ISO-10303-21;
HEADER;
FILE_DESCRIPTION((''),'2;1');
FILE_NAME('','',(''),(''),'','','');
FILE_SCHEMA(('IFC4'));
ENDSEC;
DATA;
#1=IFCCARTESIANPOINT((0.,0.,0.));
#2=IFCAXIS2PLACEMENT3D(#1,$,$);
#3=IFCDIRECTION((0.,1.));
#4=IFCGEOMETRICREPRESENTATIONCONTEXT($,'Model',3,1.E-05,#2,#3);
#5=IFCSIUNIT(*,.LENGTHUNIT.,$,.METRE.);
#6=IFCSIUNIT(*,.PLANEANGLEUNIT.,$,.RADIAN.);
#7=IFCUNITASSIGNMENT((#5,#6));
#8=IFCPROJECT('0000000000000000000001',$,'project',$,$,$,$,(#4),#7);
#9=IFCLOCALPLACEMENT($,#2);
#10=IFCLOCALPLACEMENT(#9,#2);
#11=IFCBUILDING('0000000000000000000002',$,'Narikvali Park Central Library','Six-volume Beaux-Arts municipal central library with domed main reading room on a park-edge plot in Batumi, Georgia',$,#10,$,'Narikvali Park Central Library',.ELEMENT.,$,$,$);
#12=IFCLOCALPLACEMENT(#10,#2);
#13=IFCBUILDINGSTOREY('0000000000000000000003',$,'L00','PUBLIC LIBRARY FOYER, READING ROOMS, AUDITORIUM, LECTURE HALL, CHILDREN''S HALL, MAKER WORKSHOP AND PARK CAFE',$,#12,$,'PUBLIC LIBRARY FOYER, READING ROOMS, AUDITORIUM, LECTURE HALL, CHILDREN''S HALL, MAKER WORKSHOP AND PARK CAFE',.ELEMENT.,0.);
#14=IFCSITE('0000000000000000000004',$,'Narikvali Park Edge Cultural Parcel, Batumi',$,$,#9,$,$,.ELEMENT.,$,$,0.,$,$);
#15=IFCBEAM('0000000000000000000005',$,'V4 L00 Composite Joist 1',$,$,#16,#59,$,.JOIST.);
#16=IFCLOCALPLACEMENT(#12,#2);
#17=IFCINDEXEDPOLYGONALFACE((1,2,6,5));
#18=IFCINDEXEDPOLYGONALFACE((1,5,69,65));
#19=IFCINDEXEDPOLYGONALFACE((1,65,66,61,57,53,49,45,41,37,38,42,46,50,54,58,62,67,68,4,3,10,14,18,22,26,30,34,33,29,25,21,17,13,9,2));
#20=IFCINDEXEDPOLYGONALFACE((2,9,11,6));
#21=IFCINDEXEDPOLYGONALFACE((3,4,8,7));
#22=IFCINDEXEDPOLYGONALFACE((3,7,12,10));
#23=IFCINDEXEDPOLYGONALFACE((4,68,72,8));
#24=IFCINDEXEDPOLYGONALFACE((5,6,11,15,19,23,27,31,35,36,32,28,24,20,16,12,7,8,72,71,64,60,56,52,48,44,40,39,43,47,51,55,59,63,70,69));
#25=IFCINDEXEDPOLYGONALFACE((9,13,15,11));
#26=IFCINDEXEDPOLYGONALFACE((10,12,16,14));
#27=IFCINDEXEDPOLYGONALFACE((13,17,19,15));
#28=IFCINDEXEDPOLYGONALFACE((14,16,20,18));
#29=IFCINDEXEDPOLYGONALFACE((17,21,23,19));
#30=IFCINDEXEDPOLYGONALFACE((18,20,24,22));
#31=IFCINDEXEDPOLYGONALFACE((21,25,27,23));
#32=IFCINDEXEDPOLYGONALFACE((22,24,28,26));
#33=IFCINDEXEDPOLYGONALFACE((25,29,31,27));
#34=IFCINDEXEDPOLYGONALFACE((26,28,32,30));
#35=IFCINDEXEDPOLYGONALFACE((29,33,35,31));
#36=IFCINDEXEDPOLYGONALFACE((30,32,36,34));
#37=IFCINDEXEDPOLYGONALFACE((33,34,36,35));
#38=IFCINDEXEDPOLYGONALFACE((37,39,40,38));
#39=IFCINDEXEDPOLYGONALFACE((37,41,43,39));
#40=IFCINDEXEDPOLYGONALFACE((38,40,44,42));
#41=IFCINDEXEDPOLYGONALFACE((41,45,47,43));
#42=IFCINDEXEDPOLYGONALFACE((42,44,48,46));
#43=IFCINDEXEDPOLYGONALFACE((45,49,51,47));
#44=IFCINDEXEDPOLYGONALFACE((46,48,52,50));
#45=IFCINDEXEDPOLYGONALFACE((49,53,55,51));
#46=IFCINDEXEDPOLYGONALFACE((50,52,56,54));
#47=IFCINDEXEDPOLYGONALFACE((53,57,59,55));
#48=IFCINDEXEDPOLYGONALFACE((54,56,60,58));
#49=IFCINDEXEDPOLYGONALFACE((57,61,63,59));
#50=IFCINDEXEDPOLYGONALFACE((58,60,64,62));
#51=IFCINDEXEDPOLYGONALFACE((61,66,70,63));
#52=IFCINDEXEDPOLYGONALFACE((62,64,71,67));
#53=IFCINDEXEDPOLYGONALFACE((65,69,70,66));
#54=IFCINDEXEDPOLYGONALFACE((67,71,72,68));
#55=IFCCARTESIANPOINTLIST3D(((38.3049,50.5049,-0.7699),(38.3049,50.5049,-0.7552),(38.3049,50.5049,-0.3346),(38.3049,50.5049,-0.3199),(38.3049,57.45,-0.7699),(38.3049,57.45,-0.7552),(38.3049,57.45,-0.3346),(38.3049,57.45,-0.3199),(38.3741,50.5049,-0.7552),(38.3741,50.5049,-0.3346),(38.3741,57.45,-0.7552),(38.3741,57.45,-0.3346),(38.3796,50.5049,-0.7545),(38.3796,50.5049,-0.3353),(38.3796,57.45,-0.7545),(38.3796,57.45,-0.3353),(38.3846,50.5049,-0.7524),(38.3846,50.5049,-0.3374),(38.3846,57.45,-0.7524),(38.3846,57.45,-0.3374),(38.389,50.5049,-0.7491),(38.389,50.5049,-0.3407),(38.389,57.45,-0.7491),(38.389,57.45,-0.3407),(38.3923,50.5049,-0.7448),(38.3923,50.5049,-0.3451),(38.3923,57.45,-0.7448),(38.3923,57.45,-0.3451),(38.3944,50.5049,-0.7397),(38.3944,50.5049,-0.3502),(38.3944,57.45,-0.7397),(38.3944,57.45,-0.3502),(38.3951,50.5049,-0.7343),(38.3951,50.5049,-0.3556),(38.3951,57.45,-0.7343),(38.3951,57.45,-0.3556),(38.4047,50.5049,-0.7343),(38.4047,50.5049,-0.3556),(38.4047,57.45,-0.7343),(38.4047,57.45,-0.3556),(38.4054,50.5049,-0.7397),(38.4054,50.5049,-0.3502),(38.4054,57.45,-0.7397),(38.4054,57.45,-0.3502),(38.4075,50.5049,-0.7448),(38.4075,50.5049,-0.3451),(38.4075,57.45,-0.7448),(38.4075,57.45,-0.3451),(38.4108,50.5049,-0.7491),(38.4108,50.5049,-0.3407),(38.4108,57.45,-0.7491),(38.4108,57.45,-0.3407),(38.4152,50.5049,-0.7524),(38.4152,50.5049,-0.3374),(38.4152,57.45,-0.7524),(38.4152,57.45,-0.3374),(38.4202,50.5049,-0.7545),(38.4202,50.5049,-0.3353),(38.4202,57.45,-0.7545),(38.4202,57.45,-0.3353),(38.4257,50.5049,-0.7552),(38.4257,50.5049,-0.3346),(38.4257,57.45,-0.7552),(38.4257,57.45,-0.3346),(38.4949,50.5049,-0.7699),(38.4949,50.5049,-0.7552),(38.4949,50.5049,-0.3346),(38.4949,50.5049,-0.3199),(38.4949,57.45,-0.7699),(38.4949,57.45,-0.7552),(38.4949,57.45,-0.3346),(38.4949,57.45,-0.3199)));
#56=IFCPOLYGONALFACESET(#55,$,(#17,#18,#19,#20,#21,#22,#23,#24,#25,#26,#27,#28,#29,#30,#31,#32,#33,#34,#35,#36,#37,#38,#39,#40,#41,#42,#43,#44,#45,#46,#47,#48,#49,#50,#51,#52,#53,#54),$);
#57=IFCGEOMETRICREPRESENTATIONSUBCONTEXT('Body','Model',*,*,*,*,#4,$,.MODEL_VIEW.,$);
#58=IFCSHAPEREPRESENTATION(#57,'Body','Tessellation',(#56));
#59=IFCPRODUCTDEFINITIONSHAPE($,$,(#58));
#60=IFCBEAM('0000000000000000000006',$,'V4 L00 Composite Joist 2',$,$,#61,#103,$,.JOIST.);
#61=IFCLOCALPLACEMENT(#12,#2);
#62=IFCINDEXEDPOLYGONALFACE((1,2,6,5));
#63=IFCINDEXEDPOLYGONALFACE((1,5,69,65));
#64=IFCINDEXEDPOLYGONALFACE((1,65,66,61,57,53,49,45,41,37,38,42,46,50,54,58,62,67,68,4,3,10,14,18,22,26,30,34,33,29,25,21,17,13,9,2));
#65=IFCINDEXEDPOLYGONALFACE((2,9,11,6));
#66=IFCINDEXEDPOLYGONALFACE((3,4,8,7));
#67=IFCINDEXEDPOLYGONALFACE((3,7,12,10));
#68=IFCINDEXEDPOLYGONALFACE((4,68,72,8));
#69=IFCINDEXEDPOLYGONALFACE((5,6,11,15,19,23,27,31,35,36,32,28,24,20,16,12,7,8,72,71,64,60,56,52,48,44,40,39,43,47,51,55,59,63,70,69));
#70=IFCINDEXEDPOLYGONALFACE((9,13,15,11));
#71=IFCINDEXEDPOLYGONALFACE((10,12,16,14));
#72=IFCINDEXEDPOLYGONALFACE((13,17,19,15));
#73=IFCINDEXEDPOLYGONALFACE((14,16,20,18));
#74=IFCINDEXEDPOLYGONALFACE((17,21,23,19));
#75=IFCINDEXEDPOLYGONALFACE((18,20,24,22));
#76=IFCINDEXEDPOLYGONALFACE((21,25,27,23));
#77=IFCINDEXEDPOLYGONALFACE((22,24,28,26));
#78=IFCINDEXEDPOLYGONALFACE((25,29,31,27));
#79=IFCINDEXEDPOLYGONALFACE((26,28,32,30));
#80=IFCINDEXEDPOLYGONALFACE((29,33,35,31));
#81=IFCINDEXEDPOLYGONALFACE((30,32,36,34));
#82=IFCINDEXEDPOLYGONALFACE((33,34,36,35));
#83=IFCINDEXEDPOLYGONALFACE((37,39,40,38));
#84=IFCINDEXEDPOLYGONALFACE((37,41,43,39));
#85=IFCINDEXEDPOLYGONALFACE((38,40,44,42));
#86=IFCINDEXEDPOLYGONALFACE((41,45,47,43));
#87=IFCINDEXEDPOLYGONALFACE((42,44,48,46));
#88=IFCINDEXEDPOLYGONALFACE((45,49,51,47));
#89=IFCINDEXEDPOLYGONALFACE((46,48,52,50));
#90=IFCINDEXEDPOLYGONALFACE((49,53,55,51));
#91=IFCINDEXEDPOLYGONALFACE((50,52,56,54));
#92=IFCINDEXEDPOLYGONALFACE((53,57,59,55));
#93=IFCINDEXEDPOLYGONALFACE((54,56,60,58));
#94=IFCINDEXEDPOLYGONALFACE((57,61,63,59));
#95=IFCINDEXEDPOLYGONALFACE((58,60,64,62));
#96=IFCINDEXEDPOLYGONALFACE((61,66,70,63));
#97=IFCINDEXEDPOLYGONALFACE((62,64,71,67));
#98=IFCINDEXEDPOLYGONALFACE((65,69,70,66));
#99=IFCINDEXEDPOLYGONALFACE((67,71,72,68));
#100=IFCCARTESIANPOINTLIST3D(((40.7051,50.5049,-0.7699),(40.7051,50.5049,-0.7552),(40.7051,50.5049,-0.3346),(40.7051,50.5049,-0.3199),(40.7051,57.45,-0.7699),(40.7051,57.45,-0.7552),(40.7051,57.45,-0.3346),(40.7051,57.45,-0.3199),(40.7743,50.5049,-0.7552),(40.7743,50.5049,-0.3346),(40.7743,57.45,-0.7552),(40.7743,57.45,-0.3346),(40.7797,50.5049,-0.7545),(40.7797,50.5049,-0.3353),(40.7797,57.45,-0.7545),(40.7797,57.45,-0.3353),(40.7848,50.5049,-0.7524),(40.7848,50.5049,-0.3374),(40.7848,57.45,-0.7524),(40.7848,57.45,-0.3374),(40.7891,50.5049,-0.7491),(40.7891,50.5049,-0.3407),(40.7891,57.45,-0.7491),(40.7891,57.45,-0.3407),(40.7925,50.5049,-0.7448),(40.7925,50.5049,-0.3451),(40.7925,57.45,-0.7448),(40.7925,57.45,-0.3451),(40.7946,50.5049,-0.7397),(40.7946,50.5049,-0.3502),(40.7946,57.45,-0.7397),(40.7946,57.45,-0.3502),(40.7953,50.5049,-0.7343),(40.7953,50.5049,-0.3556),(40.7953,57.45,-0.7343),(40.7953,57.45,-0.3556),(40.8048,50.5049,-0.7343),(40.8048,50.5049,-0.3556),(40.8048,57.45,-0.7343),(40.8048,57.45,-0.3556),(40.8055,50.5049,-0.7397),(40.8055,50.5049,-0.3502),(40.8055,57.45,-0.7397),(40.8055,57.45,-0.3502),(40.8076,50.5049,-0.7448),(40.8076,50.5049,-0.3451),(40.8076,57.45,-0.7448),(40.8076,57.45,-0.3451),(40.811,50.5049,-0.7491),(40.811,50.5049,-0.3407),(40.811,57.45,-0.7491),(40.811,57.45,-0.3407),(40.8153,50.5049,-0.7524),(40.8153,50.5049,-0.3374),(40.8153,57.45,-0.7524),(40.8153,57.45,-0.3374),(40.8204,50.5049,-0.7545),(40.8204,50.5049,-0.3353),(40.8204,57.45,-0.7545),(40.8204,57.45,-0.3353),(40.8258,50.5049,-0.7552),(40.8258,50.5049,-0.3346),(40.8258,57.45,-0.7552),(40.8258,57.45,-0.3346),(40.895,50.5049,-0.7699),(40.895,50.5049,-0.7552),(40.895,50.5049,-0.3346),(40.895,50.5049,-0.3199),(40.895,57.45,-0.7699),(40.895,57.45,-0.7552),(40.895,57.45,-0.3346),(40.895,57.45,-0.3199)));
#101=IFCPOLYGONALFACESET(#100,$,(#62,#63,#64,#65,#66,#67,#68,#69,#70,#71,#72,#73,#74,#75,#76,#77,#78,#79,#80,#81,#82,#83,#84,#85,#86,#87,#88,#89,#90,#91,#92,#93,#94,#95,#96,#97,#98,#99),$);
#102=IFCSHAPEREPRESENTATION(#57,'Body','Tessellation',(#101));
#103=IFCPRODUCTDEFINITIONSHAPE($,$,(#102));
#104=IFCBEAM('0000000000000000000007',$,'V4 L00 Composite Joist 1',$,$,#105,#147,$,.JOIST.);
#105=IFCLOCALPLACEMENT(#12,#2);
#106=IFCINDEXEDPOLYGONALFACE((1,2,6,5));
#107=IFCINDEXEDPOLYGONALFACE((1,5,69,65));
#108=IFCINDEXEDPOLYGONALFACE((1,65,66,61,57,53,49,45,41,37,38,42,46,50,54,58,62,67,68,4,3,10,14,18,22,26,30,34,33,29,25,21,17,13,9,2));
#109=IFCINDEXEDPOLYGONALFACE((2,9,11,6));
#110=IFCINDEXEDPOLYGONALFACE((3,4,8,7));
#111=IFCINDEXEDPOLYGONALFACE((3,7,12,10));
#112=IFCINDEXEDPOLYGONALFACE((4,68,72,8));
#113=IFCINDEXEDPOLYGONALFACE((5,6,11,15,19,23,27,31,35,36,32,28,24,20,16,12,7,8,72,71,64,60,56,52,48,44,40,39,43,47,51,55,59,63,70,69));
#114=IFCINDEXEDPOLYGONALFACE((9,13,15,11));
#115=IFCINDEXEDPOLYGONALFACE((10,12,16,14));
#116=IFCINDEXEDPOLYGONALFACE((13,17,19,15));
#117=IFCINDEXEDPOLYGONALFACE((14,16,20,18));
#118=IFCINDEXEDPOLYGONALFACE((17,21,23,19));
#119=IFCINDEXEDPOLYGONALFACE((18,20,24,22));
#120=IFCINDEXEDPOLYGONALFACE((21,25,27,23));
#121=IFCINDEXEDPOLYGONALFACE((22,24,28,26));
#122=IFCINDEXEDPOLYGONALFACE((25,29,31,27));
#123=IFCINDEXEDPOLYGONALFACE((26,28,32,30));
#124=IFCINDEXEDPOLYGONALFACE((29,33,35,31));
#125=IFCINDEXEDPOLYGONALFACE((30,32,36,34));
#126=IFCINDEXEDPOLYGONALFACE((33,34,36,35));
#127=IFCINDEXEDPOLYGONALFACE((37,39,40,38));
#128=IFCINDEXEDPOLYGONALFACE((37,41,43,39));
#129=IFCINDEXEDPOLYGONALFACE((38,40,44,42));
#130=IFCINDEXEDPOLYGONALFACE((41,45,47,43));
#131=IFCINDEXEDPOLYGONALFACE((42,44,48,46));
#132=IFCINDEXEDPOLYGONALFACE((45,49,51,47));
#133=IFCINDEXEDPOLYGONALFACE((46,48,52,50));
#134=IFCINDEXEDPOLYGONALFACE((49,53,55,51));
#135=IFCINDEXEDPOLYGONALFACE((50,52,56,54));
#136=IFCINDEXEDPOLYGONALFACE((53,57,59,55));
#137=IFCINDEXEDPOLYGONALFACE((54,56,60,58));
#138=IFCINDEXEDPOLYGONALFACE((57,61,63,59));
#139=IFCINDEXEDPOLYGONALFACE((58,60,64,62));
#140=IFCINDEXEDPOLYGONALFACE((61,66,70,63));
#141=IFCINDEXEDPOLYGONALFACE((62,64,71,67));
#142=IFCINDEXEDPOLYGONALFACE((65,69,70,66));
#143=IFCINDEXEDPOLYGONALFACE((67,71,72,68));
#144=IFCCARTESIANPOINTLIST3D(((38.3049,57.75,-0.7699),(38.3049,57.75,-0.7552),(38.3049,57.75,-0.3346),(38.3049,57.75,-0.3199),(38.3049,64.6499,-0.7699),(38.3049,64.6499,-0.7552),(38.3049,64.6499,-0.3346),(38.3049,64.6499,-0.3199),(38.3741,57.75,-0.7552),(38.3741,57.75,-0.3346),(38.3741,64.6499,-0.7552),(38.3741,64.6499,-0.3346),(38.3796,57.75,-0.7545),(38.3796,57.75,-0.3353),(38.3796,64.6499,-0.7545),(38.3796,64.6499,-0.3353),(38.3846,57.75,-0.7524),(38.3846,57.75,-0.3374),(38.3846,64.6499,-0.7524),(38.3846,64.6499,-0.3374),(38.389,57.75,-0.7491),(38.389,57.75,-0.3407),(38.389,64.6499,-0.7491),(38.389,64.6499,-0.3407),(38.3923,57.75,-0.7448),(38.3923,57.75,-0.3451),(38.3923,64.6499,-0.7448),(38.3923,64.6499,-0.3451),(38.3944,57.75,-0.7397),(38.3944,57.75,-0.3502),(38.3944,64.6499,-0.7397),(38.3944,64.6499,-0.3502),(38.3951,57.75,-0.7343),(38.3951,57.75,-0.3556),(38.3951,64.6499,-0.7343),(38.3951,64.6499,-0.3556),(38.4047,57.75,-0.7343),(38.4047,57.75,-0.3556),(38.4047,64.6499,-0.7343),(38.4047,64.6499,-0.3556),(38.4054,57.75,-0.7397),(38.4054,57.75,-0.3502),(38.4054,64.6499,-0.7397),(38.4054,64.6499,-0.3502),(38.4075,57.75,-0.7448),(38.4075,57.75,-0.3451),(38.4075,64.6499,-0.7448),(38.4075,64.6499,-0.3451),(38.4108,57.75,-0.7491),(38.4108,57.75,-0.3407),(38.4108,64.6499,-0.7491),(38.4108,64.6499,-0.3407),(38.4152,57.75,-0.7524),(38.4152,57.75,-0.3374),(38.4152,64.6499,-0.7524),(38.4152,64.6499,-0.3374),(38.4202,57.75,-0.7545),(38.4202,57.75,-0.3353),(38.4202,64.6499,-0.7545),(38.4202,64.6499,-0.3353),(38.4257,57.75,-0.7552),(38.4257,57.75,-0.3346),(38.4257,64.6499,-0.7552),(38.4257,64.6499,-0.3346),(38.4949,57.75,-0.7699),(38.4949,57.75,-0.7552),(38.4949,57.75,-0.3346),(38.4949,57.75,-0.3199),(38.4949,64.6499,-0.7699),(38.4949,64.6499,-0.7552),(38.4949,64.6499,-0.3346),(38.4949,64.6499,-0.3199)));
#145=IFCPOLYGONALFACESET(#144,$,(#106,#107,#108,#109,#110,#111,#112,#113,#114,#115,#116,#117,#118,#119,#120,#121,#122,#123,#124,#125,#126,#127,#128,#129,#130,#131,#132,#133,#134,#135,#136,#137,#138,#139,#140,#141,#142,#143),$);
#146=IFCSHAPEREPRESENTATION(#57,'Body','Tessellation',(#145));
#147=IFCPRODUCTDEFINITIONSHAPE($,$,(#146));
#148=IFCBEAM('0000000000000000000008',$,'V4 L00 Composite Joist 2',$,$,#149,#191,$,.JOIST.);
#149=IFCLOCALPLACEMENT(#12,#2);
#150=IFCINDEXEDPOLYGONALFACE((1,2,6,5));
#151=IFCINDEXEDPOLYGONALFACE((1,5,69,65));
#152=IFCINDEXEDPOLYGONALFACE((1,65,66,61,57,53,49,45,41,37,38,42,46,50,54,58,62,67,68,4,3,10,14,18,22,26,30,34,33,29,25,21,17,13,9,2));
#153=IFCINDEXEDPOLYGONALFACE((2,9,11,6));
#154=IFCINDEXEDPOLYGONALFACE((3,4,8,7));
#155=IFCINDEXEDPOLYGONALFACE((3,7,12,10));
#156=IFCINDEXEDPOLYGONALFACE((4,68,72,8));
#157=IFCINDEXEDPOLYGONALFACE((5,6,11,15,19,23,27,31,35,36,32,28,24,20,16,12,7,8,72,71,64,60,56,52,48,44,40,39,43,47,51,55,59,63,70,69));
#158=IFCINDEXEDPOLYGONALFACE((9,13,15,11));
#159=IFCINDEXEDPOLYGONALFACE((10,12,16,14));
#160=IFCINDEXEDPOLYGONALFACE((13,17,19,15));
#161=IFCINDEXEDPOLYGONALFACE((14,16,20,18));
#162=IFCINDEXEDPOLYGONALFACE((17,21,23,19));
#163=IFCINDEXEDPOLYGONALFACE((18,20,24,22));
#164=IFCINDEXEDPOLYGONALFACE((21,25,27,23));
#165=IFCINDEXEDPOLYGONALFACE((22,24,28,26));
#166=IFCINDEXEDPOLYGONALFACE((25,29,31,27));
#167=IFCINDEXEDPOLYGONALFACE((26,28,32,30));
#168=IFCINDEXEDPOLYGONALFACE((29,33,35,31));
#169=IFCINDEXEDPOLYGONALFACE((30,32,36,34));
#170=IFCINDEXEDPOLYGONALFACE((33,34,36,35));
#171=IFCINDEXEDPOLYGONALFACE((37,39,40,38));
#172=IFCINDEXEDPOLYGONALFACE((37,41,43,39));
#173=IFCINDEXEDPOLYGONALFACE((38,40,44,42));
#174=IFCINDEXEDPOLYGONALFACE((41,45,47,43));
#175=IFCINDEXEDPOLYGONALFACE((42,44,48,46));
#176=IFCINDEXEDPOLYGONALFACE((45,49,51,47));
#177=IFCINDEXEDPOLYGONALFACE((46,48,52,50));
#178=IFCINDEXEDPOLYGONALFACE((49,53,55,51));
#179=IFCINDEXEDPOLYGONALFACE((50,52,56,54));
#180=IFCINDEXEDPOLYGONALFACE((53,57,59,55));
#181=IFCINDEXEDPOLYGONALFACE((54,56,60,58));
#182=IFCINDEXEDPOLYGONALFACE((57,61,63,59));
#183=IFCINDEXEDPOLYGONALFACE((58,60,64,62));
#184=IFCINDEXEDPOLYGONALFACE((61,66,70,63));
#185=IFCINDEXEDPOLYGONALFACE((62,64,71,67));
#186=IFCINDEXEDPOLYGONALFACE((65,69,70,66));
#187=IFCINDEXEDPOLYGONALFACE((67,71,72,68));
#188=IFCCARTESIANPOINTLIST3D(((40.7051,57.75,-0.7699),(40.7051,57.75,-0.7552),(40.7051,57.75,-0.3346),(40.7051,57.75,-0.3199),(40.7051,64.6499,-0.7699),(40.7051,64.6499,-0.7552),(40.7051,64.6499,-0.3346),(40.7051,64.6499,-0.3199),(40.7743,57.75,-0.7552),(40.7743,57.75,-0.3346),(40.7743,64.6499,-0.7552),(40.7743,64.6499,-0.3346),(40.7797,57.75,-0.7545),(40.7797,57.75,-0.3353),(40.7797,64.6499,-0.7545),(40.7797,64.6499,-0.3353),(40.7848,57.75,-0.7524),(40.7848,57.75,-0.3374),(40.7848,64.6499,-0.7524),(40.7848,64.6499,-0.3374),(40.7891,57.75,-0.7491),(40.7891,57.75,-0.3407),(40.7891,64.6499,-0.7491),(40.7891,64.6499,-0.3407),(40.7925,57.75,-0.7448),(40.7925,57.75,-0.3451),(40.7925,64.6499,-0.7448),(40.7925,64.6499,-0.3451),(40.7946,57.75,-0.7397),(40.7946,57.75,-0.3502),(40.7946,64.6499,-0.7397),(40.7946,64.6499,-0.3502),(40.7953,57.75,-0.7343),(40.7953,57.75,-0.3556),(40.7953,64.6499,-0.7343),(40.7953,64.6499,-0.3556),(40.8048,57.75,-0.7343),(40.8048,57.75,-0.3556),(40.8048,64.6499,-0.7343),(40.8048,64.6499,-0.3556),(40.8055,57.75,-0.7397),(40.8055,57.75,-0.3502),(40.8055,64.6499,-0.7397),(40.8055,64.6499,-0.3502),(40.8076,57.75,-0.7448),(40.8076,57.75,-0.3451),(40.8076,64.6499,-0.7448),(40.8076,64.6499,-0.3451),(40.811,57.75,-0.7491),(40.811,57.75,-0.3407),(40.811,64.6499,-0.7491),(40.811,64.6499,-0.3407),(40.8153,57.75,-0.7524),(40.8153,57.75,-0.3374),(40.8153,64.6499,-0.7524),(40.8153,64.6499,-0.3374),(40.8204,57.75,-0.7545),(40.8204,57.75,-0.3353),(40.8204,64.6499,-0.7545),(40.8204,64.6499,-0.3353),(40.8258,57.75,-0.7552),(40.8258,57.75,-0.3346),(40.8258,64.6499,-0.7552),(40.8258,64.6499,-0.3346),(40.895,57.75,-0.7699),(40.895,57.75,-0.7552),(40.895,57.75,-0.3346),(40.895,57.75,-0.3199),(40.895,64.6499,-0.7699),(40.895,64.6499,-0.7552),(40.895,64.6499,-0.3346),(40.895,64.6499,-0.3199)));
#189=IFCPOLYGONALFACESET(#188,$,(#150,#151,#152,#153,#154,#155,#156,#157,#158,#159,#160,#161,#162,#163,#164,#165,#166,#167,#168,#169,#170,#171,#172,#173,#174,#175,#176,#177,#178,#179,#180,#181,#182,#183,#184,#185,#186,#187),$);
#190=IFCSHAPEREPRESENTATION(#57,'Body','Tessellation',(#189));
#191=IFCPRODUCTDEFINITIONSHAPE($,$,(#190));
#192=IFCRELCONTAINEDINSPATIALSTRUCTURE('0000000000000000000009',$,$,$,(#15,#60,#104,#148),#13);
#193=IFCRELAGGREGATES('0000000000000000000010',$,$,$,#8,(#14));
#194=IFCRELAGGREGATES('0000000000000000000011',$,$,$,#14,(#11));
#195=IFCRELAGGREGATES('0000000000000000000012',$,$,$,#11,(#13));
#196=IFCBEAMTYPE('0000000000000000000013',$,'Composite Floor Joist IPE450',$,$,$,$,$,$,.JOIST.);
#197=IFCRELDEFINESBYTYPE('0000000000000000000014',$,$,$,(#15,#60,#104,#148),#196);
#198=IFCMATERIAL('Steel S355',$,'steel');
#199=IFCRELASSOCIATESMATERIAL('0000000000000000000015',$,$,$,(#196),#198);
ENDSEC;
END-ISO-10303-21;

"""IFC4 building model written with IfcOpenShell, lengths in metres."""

from ifc_helpers import new_model, si_unit, direction, frame, origin, origin_2d, place, context, subcontext, project, spatial, i_section, extrude, material, material_profile, profile_set, type_object, element, save


model = new_model("IFC4")

# Units and contexts
model_context = context("Model", 3, precision=1e-05, world=origin(), true_north=direction((0.0, 1.0)))
body_context = subcontext(model_context, "Body", "Model", "MODEL_VIEW")
ifc_project = project(units=[si_unit("LENGTHUNIT", "METRE"), si_unit("PLANEANGLEUNIT", "RADIAN")], contexts=[model_context])

# Site, building, storey
site_placement = place(None, origin())
site = spatial("IfcSite", under=ifc_project, at=site_placement, Name="Narikvali Park Edge Cultural Parcel, Batumi", CompositionType="ELEMENT", RefElevation=0.0)
building_placement = place(site_placement, origin())
building = spatial("IfcBuilding", under=site, at=building_placement, Name="Narikvali Park Central Library", Description="Six-volume Beaux-Arts municipal central library with domed main reading room on a park-edge plot in Batumi, Georgia", LongName="Narikvali Park Central Library", CompositionType="ELEMENT")
storey_placement = place(building_placement, origin())
storey = spatial("IfcBuildingStorey", under=building, at=storey_placement, Name="L00", Description="PUBLIC LIBRARY FOYER, READING ROOMS, AUDITORIUM, LECTURE HALL, CHILDREN'S HALL, MAKER WORKSHOP AND PARK CAFE", LongName="PUBLIC LIBRARY FOYER, READING ROOMS, AUDITORIUM, LECTURE HALL, CHILDREN'S HALL, MAKER WORKSHOP AND PARK CAFE", CompositionType="ELEMENT", Elevation=0.0)

# Shared definitions
ifc_material_1 = material(Name="Steel S355", Category="steel")

# Beams
ifc_material_profile_1 = material_profile(ifc_material_1, i_section(OverallWidth=0.1899, OverallDepth=0.45, WebThickness=0.0095, FlangeThickness=0.0146, FilletRadius=0.021, at=origin_2d()), Name="IPE 450")
ifc_profile_set_1 = profile_set([ifc_material_profile_1], Name="Steel S355")
beam_type_1 = type_object("IfcBeamType", Name="Composite Floor Joist IPE450", PredefinedType="JOIST", material=ifc_profile_set_1)
for number, where, z_axis, x_axis, name in (
    (1, (38.3999, 50.5049, -0.5449), (0.0, 1.0, 0.0), (-1.0, 0.0, 0.0), "V4 L00 Composite Joist 1"),
    (2, (40.8, 50.5049, -0.5449), (0.0, 1.0, 0.0), (-1.0, 0.0, 0.0), "V4 L00 Composite Joist 2"),
):
    element("IfcBeam", number, at=place(storey_placement, frame(where, z_axis=z_axis, x_axis=x_axis)), inside=storey, type_object=beam_type_1, Name=name, PredefinedType="JOIST", context=body_context, shape_type="SweptSolid", body=[
        extrude(i_section(OverallWidth=0.1899, OverallDepth=0.45, WebThickness=0.0095, FlangeThickness=0.0146, FilletRadius=0.021, at=origin_2d()), origin(), (0.0, 0.0, 1.0), 6.9451),
    ])
for number, where, z_axis, x_axis, name in (
    (3, (38.3999, 57.75, -0.5449), (0.0, 1.0, 0.0), (-1.0, 0.0, 0.0), "V4 L00 Composite Joist 1"),
    (4, (40.8, 57.75, -0.5449), (0.0, 1.0, 0.0), (-1.0, 0.0, 0.0), "V4 L00 Composite Joist 2"),
):
    element("IfcBeam", number, at=place(storey_placement, frame(where, z_axis=z_axis, x_axis=x_axis)), inside=storey, type_object=beam_type_1, Name=name, PredefinedType="JOIST", context=body_context, shape_type="SweptSolid", body=[
        extrude(i_section(OverallWidth=0.1899, OverallDepth=0.45, WebThickness=0.0095, FlangeThickness=0.0146, FilletRadius=0.021, at=origin_2d()), origin(), (0.0, 0.0, 1.0), 6.8999),
    ])

save(model, "model.ifc")
